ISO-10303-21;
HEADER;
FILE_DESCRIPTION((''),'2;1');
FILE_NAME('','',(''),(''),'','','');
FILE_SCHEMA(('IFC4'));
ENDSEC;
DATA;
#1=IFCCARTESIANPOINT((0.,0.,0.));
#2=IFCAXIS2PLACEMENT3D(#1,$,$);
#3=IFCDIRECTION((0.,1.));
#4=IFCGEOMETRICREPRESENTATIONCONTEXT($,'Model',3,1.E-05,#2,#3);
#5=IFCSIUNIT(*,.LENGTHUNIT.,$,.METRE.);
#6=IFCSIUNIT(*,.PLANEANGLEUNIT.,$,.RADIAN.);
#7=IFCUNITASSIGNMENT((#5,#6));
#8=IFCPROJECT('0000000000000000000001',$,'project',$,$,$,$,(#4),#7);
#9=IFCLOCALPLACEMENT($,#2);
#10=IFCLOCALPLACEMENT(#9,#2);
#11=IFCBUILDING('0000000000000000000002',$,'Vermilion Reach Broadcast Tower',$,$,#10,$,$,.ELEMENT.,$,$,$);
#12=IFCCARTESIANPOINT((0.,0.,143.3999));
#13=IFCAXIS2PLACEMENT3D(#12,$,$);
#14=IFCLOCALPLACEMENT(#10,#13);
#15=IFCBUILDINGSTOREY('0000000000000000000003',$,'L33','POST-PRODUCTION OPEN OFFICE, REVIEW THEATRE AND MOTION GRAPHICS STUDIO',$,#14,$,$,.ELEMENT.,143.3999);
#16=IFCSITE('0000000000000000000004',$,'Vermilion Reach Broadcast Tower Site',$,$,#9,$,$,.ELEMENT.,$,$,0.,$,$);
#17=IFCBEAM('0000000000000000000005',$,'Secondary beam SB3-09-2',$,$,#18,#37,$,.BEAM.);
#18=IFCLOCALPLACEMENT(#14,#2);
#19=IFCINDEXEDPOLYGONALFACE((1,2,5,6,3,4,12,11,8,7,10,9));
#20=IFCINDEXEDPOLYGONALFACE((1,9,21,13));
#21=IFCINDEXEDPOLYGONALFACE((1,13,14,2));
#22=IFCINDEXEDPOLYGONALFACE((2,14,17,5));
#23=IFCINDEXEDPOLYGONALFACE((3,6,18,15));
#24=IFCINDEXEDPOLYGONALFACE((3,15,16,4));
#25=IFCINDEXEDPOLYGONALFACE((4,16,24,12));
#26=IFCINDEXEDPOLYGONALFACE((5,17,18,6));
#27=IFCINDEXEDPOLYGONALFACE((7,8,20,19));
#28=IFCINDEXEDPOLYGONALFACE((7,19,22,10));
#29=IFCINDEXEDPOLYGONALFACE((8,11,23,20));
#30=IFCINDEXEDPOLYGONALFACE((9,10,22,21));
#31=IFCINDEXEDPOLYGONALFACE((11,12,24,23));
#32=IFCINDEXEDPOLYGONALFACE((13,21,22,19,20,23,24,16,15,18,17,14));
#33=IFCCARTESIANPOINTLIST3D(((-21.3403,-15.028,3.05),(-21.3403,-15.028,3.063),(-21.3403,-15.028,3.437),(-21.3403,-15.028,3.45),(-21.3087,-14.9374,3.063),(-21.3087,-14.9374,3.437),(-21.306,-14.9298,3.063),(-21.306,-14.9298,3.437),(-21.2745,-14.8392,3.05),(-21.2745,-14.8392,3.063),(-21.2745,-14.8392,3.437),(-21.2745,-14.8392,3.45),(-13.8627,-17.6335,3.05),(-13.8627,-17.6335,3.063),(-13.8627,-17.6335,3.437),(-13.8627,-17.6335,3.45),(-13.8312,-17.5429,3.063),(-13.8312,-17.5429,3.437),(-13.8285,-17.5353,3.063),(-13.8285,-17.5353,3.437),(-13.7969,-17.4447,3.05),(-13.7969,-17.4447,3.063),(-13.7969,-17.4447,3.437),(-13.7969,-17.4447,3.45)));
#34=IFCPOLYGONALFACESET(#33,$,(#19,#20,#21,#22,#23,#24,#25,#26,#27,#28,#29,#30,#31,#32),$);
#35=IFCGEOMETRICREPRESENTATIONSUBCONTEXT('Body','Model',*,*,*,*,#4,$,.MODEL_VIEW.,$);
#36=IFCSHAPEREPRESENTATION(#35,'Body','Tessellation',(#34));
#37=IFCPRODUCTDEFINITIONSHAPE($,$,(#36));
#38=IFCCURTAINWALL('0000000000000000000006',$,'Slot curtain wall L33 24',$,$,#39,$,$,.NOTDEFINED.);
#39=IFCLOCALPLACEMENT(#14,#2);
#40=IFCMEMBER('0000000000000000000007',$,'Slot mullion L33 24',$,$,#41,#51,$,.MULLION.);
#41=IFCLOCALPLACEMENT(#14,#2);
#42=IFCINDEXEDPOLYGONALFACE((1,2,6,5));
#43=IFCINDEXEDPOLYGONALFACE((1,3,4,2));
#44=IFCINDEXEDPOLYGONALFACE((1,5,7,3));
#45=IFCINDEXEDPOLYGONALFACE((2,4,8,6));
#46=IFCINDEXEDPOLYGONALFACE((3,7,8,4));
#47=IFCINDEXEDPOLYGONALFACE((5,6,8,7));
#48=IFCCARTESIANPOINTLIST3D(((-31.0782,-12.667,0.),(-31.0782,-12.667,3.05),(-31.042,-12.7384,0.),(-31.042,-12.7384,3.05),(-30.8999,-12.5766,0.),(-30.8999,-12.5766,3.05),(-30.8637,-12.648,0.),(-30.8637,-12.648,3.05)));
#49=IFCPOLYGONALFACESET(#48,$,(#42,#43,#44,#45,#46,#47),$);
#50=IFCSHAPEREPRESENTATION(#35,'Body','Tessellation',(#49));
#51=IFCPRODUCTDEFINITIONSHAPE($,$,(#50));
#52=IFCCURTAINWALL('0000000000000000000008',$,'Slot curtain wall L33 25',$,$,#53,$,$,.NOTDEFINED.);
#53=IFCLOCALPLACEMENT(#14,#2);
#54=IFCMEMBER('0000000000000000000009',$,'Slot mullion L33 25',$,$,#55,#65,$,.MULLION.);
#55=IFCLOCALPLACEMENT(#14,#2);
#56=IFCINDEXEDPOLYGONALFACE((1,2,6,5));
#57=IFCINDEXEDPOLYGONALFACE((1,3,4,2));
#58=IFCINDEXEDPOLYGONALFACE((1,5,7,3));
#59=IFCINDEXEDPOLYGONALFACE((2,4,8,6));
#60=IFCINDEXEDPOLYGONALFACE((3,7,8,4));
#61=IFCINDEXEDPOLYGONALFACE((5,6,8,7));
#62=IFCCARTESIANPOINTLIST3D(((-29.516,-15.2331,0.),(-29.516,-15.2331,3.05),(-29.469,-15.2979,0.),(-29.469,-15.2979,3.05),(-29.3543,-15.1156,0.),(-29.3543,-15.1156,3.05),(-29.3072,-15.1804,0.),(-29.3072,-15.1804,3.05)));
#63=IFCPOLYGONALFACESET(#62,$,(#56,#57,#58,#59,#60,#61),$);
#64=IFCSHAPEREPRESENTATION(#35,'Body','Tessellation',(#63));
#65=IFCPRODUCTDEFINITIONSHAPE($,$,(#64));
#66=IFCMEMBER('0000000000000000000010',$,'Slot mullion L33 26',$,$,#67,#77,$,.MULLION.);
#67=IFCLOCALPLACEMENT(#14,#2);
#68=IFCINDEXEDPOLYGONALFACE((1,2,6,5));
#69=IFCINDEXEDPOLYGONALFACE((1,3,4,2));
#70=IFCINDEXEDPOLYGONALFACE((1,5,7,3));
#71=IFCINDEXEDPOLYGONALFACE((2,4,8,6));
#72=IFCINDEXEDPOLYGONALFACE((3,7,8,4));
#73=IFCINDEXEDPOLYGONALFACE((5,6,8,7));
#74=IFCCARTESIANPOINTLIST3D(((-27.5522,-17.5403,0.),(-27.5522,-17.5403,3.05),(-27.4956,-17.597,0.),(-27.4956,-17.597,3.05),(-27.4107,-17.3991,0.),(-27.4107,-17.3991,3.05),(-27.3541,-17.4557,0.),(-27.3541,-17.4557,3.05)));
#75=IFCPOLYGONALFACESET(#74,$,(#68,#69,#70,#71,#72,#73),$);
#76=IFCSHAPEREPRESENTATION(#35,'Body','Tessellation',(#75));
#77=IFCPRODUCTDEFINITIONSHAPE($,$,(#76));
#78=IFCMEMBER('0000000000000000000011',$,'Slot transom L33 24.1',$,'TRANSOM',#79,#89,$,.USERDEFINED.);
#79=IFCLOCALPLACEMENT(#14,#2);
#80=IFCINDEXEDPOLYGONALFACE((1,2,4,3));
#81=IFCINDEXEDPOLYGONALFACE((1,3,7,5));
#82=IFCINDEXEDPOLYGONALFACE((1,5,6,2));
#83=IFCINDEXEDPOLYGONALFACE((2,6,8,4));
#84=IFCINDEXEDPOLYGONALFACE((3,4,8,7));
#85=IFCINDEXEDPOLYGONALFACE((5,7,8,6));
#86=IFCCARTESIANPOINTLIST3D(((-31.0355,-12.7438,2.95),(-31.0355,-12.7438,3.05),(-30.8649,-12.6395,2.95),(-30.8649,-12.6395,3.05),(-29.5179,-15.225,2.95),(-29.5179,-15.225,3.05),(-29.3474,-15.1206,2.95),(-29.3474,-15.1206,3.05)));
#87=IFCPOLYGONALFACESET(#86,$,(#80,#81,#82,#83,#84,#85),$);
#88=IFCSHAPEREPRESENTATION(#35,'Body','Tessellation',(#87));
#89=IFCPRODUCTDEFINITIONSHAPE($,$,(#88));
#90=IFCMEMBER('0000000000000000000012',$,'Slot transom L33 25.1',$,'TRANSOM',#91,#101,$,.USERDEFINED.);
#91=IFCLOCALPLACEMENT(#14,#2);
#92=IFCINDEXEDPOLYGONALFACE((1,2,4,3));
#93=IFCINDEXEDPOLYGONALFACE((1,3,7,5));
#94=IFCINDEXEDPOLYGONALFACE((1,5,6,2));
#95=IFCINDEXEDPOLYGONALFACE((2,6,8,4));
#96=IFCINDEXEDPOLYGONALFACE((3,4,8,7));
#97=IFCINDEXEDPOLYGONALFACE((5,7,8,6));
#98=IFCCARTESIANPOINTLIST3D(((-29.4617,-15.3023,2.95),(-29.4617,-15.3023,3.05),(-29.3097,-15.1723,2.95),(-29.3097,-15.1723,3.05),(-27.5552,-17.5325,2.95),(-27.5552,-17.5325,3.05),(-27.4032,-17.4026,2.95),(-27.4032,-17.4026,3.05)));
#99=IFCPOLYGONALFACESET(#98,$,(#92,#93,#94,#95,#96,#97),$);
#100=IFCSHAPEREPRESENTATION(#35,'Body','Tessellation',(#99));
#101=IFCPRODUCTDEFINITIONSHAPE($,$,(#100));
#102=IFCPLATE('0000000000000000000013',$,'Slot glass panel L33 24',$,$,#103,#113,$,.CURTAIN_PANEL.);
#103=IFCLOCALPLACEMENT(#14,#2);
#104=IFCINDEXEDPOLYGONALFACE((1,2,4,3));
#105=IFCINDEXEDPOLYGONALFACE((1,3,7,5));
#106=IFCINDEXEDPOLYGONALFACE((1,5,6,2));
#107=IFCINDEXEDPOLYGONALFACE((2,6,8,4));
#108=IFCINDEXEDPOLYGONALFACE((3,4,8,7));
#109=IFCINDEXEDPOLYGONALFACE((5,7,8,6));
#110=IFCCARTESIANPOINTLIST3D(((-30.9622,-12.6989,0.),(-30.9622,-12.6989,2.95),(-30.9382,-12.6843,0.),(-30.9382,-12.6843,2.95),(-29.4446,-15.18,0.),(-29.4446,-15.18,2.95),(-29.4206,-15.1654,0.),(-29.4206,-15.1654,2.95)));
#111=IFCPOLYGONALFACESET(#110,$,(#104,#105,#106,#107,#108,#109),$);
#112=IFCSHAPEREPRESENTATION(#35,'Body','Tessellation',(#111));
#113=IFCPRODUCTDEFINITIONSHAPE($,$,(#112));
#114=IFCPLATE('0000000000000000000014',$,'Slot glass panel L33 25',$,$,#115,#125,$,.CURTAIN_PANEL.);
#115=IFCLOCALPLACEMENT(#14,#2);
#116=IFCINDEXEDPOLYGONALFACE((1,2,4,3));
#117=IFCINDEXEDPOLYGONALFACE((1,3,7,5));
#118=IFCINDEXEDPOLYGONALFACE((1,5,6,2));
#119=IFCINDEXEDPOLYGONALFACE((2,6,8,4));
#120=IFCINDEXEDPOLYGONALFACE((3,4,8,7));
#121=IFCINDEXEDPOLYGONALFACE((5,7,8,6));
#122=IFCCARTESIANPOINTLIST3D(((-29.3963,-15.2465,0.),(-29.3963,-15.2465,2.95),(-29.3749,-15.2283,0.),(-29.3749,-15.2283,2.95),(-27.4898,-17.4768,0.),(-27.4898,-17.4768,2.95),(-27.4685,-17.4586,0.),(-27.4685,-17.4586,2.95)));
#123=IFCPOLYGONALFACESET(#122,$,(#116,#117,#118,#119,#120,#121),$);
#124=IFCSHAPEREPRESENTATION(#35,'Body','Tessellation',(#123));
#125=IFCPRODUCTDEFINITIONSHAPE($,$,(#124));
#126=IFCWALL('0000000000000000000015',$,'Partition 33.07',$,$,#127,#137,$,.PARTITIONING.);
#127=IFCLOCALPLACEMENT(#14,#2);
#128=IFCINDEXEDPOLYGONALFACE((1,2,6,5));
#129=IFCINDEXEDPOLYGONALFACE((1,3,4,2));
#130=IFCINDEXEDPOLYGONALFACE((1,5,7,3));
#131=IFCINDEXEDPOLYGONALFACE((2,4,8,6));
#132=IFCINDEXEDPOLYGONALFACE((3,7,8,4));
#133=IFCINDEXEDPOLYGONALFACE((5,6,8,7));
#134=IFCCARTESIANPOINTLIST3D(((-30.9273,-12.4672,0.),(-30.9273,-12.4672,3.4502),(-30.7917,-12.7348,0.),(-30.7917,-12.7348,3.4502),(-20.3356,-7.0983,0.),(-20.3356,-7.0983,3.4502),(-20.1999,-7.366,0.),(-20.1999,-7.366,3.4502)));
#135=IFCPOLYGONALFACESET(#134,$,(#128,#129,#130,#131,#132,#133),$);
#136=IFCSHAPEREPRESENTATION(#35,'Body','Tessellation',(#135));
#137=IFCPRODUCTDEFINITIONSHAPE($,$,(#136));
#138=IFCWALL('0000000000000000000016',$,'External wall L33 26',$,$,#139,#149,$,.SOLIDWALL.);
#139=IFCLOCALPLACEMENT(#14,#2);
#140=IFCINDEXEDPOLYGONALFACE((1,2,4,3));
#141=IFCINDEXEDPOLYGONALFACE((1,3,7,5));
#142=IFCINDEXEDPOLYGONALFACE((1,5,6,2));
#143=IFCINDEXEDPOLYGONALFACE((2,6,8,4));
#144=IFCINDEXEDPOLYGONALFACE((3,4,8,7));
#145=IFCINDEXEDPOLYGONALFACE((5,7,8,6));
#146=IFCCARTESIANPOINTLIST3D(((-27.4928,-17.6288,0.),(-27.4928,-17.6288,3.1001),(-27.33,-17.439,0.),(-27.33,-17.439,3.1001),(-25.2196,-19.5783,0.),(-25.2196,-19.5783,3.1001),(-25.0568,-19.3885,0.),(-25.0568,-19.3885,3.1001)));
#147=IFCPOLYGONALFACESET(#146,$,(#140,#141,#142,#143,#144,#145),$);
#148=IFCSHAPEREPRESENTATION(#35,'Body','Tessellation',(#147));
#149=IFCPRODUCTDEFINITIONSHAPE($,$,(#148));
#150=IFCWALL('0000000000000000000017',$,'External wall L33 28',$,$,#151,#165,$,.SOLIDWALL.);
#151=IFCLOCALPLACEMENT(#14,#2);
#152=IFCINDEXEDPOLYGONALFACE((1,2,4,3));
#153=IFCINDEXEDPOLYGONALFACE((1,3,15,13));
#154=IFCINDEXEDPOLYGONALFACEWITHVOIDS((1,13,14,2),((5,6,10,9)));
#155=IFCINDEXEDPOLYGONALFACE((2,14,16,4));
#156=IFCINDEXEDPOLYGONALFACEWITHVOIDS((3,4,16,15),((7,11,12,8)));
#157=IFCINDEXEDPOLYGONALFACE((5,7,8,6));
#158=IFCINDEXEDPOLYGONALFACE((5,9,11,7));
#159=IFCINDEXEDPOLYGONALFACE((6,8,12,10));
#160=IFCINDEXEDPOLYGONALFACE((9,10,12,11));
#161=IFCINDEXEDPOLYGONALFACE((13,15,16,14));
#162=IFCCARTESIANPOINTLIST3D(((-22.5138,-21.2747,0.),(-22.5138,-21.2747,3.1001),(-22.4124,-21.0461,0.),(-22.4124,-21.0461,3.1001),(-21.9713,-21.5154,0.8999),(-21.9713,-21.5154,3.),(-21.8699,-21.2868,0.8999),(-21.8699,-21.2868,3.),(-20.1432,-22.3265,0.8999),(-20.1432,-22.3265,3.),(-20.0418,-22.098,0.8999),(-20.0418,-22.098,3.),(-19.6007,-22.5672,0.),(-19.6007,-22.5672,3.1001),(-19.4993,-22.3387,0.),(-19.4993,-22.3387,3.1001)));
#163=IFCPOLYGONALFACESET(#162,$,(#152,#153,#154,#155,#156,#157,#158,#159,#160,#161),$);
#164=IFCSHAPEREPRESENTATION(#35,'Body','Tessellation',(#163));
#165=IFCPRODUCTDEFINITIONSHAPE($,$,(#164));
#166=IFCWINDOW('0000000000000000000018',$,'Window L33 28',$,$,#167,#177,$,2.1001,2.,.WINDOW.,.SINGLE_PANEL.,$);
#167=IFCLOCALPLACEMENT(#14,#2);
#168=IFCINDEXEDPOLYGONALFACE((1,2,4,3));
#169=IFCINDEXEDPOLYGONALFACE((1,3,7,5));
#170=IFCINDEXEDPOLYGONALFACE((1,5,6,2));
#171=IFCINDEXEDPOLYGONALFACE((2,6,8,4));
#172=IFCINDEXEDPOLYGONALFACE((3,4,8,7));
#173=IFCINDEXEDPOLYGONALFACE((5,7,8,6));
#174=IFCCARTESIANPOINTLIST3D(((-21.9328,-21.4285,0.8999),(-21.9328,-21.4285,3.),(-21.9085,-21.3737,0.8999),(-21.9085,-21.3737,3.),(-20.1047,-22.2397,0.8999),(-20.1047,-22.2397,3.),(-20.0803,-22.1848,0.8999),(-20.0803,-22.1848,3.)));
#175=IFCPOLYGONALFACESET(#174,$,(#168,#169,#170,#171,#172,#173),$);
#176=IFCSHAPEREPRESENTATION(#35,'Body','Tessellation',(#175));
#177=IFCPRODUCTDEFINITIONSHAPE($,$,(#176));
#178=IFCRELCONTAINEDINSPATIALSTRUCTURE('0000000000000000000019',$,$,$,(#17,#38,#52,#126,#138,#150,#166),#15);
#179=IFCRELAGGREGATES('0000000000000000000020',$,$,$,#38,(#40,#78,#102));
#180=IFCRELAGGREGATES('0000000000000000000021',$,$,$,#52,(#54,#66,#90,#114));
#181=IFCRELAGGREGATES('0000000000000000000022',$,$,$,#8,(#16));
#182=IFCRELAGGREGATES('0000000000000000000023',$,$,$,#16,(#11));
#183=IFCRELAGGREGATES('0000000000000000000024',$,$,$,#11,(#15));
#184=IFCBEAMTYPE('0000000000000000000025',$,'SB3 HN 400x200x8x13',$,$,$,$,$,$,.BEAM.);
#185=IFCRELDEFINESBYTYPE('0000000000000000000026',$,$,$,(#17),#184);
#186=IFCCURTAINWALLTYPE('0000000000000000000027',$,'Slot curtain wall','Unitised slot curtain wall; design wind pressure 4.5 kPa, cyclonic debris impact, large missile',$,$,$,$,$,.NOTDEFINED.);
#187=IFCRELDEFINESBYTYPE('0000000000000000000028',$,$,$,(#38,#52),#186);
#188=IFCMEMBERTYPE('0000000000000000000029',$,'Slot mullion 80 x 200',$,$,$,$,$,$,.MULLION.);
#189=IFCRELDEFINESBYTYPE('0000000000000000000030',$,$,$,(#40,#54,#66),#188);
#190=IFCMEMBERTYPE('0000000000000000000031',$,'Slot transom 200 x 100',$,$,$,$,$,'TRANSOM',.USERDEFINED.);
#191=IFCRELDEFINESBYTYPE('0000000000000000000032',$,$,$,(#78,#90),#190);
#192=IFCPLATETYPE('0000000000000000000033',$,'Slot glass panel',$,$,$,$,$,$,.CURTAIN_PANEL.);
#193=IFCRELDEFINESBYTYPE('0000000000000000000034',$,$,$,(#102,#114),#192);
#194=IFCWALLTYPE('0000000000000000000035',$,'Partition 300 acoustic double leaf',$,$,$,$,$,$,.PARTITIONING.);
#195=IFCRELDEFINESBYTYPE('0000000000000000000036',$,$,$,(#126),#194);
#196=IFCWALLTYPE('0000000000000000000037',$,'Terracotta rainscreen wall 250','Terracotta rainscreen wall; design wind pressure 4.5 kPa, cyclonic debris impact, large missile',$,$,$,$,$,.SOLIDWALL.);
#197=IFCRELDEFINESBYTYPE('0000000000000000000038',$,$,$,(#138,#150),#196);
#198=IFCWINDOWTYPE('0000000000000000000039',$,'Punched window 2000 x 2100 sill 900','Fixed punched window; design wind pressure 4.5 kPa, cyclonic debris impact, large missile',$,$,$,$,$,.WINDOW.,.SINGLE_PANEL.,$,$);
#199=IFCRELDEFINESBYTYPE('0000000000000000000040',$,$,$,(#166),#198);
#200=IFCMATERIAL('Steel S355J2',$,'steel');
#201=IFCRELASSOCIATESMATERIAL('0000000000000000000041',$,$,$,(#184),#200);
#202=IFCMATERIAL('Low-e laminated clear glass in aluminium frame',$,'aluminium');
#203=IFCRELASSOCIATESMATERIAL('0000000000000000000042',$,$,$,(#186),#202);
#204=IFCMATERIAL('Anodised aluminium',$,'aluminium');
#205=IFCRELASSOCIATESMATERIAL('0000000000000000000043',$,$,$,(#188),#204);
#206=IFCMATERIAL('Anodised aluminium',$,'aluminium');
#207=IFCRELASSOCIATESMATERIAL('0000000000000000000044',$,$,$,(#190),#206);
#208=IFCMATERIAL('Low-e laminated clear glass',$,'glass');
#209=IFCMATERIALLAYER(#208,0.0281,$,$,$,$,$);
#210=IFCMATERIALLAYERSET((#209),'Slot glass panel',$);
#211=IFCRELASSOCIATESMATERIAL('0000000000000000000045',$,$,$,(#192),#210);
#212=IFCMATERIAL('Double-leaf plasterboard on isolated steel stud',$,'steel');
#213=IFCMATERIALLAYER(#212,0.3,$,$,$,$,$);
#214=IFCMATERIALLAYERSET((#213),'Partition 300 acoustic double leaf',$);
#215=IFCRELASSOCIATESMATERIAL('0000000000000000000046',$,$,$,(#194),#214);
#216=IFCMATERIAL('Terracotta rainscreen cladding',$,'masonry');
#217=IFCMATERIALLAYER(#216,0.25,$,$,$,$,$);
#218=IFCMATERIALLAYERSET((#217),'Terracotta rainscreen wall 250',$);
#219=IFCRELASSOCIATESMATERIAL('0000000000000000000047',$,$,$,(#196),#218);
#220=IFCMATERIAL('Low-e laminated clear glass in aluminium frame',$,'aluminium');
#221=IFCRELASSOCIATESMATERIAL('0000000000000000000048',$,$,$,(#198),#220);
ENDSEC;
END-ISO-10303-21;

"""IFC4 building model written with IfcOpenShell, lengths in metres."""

from ifc_helpers import new_model, si_unit, direction, frame, frame_2d, origin, origin_2d, place, context, subcontext, project, spatial, rectangle, i_section, extrude, material, layer, layer_set, material_profile, profile_set, type_object, element, fill, aggregate, save


model = new_model("IFC4")

# Units and contexts
model_context = context("Model", 3, precision=1e-05, world=origin(), true_north=direction((0.0, 1.0)))
body_context = subcontext(model_context, "Body", "Model", "MODEL_VIEW")
ifc_project = project(units=[si_unit("LENGTHUNIT", "METRE"), si_unit("PLANEANGLEUNIT", "RADIAN")], contexts=[model_context])

# Site, building, storey
site_placement = place(None, origin())
site = spatial("IfcSite", under=ifc_project, at=site_placement, Name="Vermilion Reach Broadcast Tower Site", CompositionType="ELEMENT", RefElevation=0.0)
building_placement = place(site_placement, origin())
building = spatial("IfcBuilding", under=site, at=building_placement, Name="Vermilion Reach Broadcast Tower", CompositionType="ELEMENT")
storey_placement = place(building_placement, frame((0.0, 0.0, 143.3999)))
storey = spatial("IfcBuildingStorey", under=building, at=storey_placement, Name="L33", Description="POST-PRODUCTION OPEN OFFICE, REVIEW THEATRE AND MOTION GRAPHICS STUDIO", CompositionType="ELEMENT", Elevation=143.3999)

# Beam
ifc_material_1 = material(Name="Steel S355J2", Category="steel")
ifc_material_profile_1 = material_profile(ifc_material_1, i_section(OverallWidth=0.2, OverallDepth=0.3999, WebThickness=0.0081, FlangeThickness=0.0129, at=origin_2d()), Name="S355J2 HN 400x200x8x13")
ifc_profile_set_1 = profile_set([ifc_material_profile_1], Name="Steel S355J2")
beam_type_1 = type_object("IfcBeamType", Name="SB3 HN 400x200x8x13", PredefinedType="BEAM", material=ifc_profile_set_1)
beam_1_placement = place(storey_placement, frame((-21.3074, -14.9336, 3.25), z_axis=(0.944317, -0.329037, 0.0), x_axis=(0.329037, 0.944317, 0.0)))
element("IfcBeam", 1, at=beam_1_placement, inside=storey, type_object=beam_type_1, Name="Secondary beam SB3-09-2", PredefinedType="BEAM", context=body_context, shape_type="SweptSolid", body=[
    extrude(i_section(OverallWidth=0.2, OverallDepth=0.3999, WebThickness=0.0081, FlangeThickness=0.0129, at=origin_2d()), origin(), (0.0, 0.0, 1.0), 7.9185),
])

# Curtain wall, member
ifc_material_2 = material(Name="Low-e laminated clear glass in aluminium frame", Category="aluminium")
curtain_wall_type = type_object("IfcCurtainWallType", Name="Slot curtain wall", Description="Unitised slot curtain wall; design wind pressure 4.5 kPa, cyclonic debris impact, large missile", PredefinedType="NOTDEFINED", material=ifc_material_2)
placement = place(storey_placement, origin())
curtain_wall_1 = element("IfcCurtainWall", 2, at=placement, inside=storey, type_object=curtain_wall_type, Name="Slot curtain wall L33 24", PredefinedType="NOTDEFINED")
ifc_material_3 = material(Name="Anodised aluminium", Category="aluminium")
ifc_material_profile_2 = material_profile(ifc_material_3, rectangle(XDim=0.2, YDim=0.0801, at=origin_2d()), Name="Slot mullion 80 x 200")
ifc_profile_set_2 = profile_set([ifc_material_profile_2], Name="Anodised aluminium")
member_type_1 = type_object("IfcMemberType", Name="Slot mullion 80 x 200", PredefinedType="MULLION", material=ifc_profile_set_2)
member_1_placement = place(storey_placement, frame((-30.9709, -12.6575, 0.0), z_axis=(0.0, 0.0, 1.0), x_axis=(0.891955, 0.452123, 0.0)))
member_1 = element("IfcMember", 3, at=member_1_placement, type_object=member_type_1, Name="Slot mullion L33 24", PredefinedType="MULLION", context=body_context, shape_type="SweptSolid", body=[
    extrude(rectangle(XDim=0.2, YDim=0.0801, at=origin_2d()), origin(), (0.0, 0.0, 1.0), 3.05),
])

# Curtain wall, members
curtain_wall_2 = element("IfcCurtainWall", 4, at=placement, inside=storey, type_object=curtain_wall_type, Name="Slot curtain wall L33 25", PredefinedType="NOTDEFINED")
member_2_placement = place(storey_placement, frame((-29.4116, -15.2068, 0.0), z_axis=(0.0, 0.0, 1.0), x_axis=(0.809131, 0.587628, 0.0)))
member_2 = element("IfcMember", 5, at=member_2_placement, type_object=member_type_1, Name="Slot mullion L33 25", PredefinedType="MULLION", context=body_context, shape_type="SweptSolid", body=[
    extrude(rectangle(XDim=0.2, YDim=0.0801, at=origin_2d()), origin(), (0.0, 0.0, 1.0), 3.05),
])
member_3_placement = place(storey_placement, frame((-27.4531, -17.498, 0.0), z_axis=(0.0, 0.0, 1.0), x_axis=(0.707681, 0.706532, 0.0)))
member_3 = element("IfcMember", 6, at=member_3_placement, type_object=member_type_1, Name="Slot mullion L33 26", PredefinedType="MULLION", context=body_context, shape_type="SweptSolid", body=[
    extrude(rectangle(XDim=0.2, YDim=0.0801, at=origin_2d()), origin(), (0.0, 0.0, 1.0), 3.05),
])

# Members
ifc_material_4 = material(Name="Anodised aluminium", Category="aluminium")
ifc_material_profile_3 = material_profile(ifc_material_4, rectangle(XDim=0.2, YDim=0.1001, at=origin_2d()), Name="Slot transom 200 x 100")
ifc_profile_set_3 = profile_set([ifc_material_profile_3], Name="Anodised aluminium")
member_type_2 = type_object("IfcMemberType", Name="Slot transom 200 x 100", ElementType="TRANSOM", PredefinedType="USERDEFINED", material=ifc_profile_set_3)
member_4_placement = place(storey_placement, frame((-30.9502, -12.6917, 3.0), z_axis=(0.521773, -0.853085, 0.0), x_axis=(0.853085, 0.521773, 0.0)))
member_4 = element("IfcMember", 7, at=member_4_placement, type_object=member_type_2, Name="Slot transom L33 24.1", ObjectType="TRANSOM", PredefinedType="USERDEFINED", context=body_context, shape_type="SweptSolid", body=[
    extrude(rectangle(XDim=0.2, YDim=0.1001, at=origin_2d()), origin(), (0.0, 0.0, 1.0), 2.9084),
])
member_5_placement = place(storey_placement, frame((-29.3857, -15.2373, 3.0), z_axis=(0.649783, -0.760119, 0.0), x_axis=(0.760119, 0.649783, 0.0)))
member_5 = element("IfcMember", 8, at=member_5_placement, type_object=member_type_2, Name="Slot transom L33 25.1", ObjectType="TRANSOM", PredefinedType="USERDEFINED", context=body_context, shape_type="SweptSolid", body=[
    extrude(rectangle(XDim=0.2, YDim=0.1001, at=origin_2d()), origin(), (0.0, 0.0, 1.0), 2.9341),
])

# Plates
ifc_material_5 = material(Name="Low-e laminated clear glass", Category="glass")
ifc_layer_1 = layer(ifc_material_5, 0.0281)
ifc_layer_set_1 = layer_set([ifc_layer_1], Name="Slot glass panel")
plate_type = type_object("IfcPlateType", Name="Slot glass panel", PredefinedType="CURTAIN_PANEL", material=ifc_layer_set_1)
plate_1_placement = place(storey_placement, frame((-30.1914, -13.9321, 0.0), z_axis=(0.0, 0.0, 1.0), x_axis=(0.521803, -0.853066, 0.0)))
plate_1 = element("IfcPlate", 9, at=plate_1_placement, type_object=plate_type, Name="Slot glass panel L33 24", PredefinedType="CURTAIN_PANEL", context=body_context, shape_type="SweptSolid", body=[
    extrude(rectangle(XDim=2.9084, YDim=0.0281, at=origin_2d()), origin(), (0.0, 0.0, 1.0), 2.95),
])
aggregate(curtain_wall_1, [member_1, member_4, plate_1])
plate_2_placement = place(storey_placement, frame((-28.4324, -16.3525, 0.0), z_axis=(0.0, 0.0, 1.0), x_axis=(0.649773, -0.760128, 0.0)))
plate_2 = element("IfcPlate", 10, at=plate_2_placement, type_object=plate_type, Name="Slot glass panel L33 25", PredefinedType="CURTAIN_PANEL", context=body_context, shape_type="SweptSolid", body=[
    extrude(rectangle(XDim=2.9341, YDim=0.0281, at=origin_2d()), origin(), (0.0, 0.0, 1.0), 2.95),
])
aggregate(curtain_wall_2, [member_2, member_3, member_5, plate_2])

# Walls
ifc_material_6 = material(Name="Double-leaf plasterboard on isolated steel stud", Category="steel")
ifc_layer_2 = layer(ifc_material_6, 0.3)
ifc_layer_set_2 = layer_set([ifc_layer_2], Name="Partition 300 acoustic double leaf")
wall_type_1 = type_object("IfcWallType", Name="Partition 300 acoustic double leaf", PredefinedType="PARTITIONING", material=ifc_layer_set_2)
wall_1_placement = place(storey_placement, frame((-30.8596, -12.6011, 0.0), z_axis=(0.0, 0.0, 1.0), x_axis=(0.891955, 0.452125, 0.0)))
element("IfcWall", 11, at=wall_1_placement, inside=storey, type_object=wall_type_1, Name="Partition 33.07", PredefinedType="PARTITIONING", context=body_context, shape_type="SweptSolid", body=[
    extrude(rectangle(XDim=11.8748, YDim=0.3, at=frame_2d((5.9375, 0.0))), origin(), (0.0, 0.0, 1.0), 3.4502),
])
ifc_material_7 = material(Name="Terracotta rainscreen cladding", Category="masonry")
ifc_layer_3 = layer(ifc_material_7, 0.25)
ifc_layer_set_3 = layer_set([ifc_layer_3], Name="Terracotta rainscreen wall 250")
wall_type_2 = type_object("IfcWallType", Name="Terracotta rainscreen wall 250", Description="Terracotta rainscreen wall; design wind pressure 4.5 kPa, cyclonic debris impact, large missile", PredefinedType="SOLIDWALL", material=ifc_layer_set_3)
wall_2_placement = place(storey_placement, frame((-27.4114, -17.5339, 0.0), z_axis=(0.0, 0.0, 1.0), x_axis=(0.75909, -0.650986, 0.0)))
element("IfcWall", 12, at=wall_2_placement, inside=storey, type_object=wall_type_2, Name="External wall L33 26", PredefinedType="SOLIDWALL", context=body_context, shape_type="SweptSolid", body=[
    extrude(rectangle(XDim=2.9946, YDim=0.25, at=frame_2d((1.4973, 0.0))), origin(), (0.0, 0.0, 1.0), 3.1001),
])

# Wall, opening, window
wall_3_placement = place(storey_placement, frame((-22.4631, -21.1604, 0.0), z_axis=(0.0, 0.0, 1.0), x_axis=(0.91407, -0.405556, 0.0)))
wall_3 = element("IfcWall", 13, at=wall_3_placement, inside=storey, type_object=wall_type_2, Name="External wall L33 28", PredefinedType="SOLIDWALL", context=body_context, shape_type="SweptSolid", body=[
    extrude(rectangle(XDim=3.187, YDim=0.25, at=frame_2d((1.5935, 0.0))), origin(), (0.0, 0.0, 1.0), 3.1001),
])
opening_1_placement = place(wall_3_placement, frame((0.5935, 0.0, 0.8999)))
opening_1 = element("IfcOpeningElement", 14, at=opening_1_placement, cuts=wall_3, PredefinedType="OPENING", context=body_context, shape_type="SweptSolid", body=[
    extrude(rectangle(XDim=2.0, YDim=2.1001, at=frame_2d((1.0, 1.05))), frame((0.0, 0.135, 0.0), z_axis=(0.0, -1.0, 0.0), x_axis=(1.0, 0.0, 0.0)), (0.0, 0.0, 1.0), 0.27),
])
ifc_material_8 = material(Name="Low-e laminated clear glass in aluminium frame", Category="aluminium")
window_type = type_object("IfcWindowType", Name="Punched window 2000 x 2100 sill 900", Description="Fixed punched window; design wind pressure 4.5 kPa, cyclonic debris impact, large missile", PartitioningType="SINGLE_PANEL", PredefinedType="WINDOW", material=ifc_material_8)
window_placement = place(opening_1_placement, origin())
window = element("IfcWindow", 15, at=window_placement, inside=storey, type_object=window_type, Name="Window L33 28", OverallHeight=2.1001, OverallWidth=2.0, PartitioningType="SINGLE_PANEL", PredefinedType="WINDOW", context=body_context, shape_type="SweptSolid", body=[
    extrude(rectangle(XDim=2.0, YDim=2.1001, at=frame_2d((1.0, 1.05))), frame((0.0, 0.03, 0.0), z_axis=(0.0, -1.0, 0.0), x_axis=(1.0, 0.0, 0.0)), (0.0, 0.0, 1.0), 0.0601),
])
fill(opening_1, window)

save(model, "model.ifc")
